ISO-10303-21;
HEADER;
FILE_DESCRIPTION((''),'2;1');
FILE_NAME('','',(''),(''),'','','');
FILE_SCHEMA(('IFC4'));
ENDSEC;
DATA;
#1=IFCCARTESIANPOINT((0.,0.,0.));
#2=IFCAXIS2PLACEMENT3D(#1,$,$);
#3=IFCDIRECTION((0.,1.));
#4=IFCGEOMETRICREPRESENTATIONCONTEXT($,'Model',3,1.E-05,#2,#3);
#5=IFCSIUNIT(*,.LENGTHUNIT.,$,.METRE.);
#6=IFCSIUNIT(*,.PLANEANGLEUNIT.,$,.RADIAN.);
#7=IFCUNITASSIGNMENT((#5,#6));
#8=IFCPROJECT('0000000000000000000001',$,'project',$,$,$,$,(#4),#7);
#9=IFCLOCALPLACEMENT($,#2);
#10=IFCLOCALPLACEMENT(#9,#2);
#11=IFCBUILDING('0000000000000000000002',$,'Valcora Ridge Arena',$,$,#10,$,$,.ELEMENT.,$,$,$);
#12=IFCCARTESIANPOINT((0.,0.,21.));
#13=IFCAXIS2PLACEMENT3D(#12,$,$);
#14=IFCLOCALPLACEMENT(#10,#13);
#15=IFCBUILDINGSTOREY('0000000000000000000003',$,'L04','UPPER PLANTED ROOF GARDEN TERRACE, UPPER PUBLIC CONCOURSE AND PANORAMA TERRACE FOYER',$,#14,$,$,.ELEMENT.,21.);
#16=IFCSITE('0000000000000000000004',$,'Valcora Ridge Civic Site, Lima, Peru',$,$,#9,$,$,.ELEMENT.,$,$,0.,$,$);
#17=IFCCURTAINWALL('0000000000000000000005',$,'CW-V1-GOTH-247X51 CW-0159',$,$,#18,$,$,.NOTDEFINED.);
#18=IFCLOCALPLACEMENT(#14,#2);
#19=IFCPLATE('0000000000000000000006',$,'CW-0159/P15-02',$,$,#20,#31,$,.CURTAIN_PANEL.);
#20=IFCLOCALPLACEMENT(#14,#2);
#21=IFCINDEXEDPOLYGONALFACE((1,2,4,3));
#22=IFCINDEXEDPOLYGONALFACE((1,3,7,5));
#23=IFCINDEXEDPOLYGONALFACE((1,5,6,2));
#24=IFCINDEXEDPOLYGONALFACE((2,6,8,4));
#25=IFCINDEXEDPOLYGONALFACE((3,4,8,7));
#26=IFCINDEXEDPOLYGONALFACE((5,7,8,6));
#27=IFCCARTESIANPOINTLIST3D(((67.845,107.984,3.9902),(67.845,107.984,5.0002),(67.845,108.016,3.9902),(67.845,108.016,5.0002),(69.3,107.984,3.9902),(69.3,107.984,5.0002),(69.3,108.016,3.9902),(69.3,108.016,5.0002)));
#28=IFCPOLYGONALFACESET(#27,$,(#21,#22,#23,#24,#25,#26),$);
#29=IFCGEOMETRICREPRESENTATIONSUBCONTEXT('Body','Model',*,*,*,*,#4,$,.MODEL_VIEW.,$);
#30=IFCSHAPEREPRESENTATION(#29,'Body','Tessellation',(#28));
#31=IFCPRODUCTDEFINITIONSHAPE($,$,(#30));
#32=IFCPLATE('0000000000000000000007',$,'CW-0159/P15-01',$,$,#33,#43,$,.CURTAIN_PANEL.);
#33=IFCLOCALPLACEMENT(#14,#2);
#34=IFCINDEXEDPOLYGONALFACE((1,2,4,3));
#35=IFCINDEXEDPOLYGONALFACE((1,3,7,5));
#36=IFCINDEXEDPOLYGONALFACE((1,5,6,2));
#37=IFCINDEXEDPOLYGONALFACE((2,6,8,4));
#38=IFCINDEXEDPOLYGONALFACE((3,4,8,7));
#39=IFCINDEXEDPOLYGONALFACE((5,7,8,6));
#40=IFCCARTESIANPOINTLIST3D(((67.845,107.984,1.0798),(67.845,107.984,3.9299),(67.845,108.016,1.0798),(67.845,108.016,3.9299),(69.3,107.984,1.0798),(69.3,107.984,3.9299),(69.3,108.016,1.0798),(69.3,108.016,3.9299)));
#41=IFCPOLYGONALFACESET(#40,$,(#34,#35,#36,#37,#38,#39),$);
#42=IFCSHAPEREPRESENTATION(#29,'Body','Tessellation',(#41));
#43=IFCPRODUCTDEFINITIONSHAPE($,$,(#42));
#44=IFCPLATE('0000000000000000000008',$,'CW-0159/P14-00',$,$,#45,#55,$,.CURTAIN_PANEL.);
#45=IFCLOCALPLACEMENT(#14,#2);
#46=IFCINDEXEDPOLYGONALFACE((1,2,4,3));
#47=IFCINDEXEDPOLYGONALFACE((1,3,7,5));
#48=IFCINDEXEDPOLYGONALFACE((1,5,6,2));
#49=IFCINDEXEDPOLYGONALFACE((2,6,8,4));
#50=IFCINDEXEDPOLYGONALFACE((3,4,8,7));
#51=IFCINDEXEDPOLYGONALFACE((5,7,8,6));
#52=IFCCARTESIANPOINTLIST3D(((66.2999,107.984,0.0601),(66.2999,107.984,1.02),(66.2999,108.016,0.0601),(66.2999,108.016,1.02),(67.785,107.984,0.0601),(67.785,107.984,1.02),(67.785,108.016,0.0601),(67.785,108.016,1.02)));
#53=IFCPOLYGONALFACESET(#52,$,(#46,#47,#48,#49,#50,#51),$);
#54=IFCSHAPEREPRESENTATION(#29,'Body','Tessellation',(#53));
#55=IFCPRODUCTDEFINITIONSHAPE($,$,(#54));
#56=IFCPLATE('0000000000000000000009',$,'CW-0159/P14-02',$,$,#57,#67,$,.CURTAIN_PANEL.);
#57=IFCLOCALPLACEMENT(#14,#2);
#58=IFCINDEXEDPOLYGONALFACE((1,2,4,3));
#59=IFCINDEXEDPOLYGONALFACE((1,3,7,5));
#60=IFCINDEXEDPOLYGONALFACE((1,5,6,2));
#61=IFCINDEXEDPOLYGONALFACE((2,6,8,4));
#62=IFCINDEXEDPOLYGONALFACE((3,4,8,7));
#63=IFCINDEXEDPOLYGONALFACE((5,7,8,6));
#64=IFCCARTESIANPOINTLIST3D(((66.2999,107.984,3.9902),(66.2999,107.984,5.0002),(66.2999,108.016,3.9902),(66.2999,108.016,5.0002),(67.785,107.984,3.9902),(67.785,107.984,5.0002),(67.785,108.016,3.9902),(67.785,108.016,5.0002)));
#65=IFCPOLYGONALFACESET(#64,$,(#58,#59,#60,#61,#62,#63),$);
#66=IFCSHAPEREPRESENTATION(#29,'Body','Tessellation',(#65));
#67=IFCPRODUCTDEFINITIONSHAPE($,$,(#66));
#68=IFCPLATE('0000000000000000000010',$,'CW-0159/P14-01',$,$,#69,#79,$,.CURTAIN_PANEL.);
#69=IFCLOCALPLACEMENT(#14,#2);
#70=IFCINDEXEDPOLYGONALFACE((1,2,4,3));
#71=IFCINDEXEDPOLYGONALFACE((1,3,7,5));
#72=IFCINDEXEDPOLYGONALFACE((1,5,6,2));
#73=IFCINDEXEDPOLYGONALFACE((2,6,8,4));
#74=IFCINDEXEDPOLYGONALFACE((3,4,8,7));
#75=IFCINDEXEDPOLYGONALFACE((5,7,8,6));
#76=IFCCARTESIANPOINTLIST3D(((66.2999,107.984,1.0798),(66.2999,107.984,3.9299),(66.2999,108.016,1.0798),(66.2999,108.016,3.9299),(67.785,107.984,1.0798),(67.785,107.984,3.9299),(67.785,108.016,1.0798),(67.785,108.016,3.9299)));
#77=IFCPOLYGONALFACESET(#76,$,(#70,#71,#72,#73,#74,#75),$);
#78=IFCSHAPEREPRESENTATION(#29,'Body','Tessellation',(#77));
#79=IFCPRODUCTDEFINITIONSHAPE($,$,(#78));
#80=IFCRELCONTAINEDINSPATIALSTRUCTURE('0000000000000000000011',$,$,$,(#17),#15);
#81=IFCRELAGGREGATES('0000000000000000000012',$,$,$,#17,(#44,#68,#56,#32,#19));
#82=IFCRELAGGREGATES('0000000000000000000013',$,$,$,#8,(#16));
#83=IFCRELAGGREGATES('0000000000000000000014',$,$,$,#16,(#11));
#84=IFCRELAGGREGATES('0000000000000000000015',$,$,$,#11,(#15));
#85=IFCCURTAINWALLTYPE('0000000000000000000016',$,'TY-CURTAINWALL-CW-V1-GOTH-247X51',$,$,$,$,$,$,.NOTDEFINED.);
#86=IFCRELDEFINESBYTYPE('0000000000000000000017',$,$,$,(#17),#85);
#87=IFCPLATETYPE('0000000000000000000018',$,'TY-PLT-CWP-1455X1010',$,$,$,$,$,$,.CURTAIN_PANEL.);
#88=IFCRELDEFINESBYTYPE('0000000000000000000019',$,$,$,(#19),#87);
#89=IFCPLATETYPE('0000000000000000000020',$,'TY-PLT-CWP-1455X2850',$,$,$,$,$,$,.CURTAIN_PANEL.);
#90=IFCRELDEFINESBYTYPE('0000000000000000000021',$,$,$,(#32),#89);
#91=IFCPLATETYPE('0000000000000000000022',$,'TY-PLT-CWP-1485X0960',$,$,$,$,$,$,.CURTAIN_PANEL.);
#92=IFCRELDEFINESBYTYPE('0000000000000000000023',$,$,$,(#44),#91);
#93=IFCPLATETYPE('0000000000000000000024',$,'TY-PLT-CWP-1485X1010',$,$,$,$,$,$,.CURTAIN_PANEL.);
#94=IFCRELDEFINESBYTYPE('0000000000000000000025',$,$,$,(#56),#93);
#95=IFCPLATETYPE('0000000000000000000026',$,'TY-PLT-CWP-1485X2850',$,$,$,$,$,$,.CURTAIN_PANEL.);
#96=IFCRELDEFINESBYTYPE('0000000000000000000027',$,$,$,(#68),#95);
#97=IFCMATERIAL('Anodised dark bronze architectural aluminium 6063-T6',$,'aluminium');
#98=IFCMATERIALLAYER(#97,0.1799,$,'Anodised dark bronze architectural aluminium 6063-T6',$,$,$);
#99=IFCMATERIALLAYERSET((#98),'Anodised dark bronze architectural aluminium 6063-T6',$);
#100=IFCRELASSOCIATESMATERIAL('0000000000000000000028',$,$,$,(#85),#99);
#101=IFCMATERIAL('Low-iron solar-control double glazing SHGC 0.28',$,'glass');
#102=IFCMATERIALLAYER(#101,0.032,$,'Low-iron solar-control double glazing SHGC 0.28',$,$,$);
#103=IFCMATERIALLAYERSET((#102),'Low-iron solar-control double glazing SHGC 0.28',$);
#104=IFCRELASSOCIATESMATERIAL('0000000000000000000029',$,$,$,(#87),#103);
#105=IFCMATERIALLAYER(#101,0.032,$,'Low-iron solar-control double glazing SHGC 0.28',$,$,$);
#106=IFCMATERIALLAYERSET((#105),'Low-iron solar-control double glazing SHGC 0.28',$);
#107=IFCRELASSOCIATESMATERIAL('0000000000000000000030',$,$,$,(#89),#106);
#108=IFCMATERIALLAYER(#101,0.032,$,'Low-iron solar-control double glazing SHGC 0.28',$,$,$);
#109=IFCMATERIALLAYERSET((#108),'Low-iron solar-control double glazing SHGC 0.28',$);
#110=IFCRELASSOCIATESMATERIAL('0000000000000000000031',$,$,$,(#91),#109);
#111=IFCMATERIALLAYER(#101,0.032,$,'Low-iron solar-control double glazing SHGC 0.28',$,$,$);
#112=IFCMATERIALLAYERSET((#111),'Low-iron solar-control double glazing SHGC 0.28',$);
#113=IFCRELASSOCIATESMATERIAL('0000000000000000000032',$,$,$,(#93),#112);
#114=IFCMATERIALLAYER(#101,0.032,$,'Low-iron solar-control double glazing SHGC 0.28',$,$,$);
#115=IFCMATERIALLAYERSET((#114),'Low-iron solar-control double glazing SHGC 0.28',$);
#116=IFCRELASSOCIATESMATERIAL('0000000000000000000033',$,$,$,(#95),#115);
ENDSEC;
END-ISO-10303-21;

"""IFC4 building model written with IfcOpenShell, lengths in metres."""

from ifc_helpers import new_model, si_unit, direction, frame, origin, origin_2d, place, context, subcontext, project, spatial, rectangle, extrude, material, layer, layer_set, type_object, element, aggregate, save


model = new_model("IFC4")

# Units and contexts
model_context = context("Model", 3, precision=1e-05, world=origin(), true_north=direction((0.0, 1.0)))
body_context = subcontext(model_context, "Body", "Model", "MODEL_VIEW")
ifc_project = project(units=[si_unit("LENGTHUNIT", "METRE"), si_unit("PLANEANGLEUNIT", "RADIAN")], contexts=[model_context])

# Site, building, storey
site_placement = place(None, origin())
site = spatial("IfcSite", under=ifc_project, at=site_placement, Name="Valcora Ridge Civic Site, Lima, Peru", CompositionType="ELEMENT", RefElevation=0.0)
building_placement = place(site_placement, origin())
building = spatial("IfcBuilding", under=site, at=building_placement, Name="Valcora Ridge Arena", CompositionType="ELEMENT")
storey_placement = place(building_placement, frame((0.0, 0.0, 21.0)))
storey = spatial("IfcBuildingStorey", under=building, at=storey_placement, Name="L04", Description="UPPER PLANTED ROOF GARDEN TERRACE, UPPER PUBLIC CONCOURSE AND PANORAMA TERRACE FOYER", CompositionType="ELEMENT", Elevation=21.0)

# Curtain wall
ifc_material_1 = material(Name="Anodised dark bronze architectural aluminium 6063-T6", Category="aluminium")
ifc_layer_1 = layer(ifc_material_1, 0.1799, Name="Anodised dark bronze architectural aluminium 6063-T6")
ifc_layer_set_1 = layer_set([ifc_layer_1], Name="Anodised dark bronze architectural aluminium 6063-T6")
curtain_wall_type_1 = type_object("IfcCurtainWallType", Name="TY-CURTAINWALL-CW-V1-GOTH-247X51", PredefinedType="NOTDEFINED", material=ifc_layer_set_1)
curtain_wall_1_placement = place(storey_placement, origin())
curtain_wall_1 = element("IfcCurtainWall", 1, at=curtain_wall_1_placement, inside=storey, type_object=curtain_wall_type_1, Name="CW-V1-GOTH-247X51 CW-0159", PredefinedType="NOTDEFINED")

# Plates
ifc_material_2 = material(Name="Low-iron solar-control double glazing SHGC 0.28", Category="glass")
ifc_layer_2 = layer(ifc_material_2, 0.032, Name="Low-iron solar-control double glazing SHGC 0.28")
ifc_layer_set_2 = layer_set([ifc_layer_2], Name="Low-iron solar-control double glazing SHGC 0.28")
plate_type_1 = type_object("IfcPlateType", Name="TY-PLT-CWP-1455X1010", PredefinedType="CURTAIN_PANEL", material=ifc_layer_set_2)
plate_1_placement = place(storey_placement, frame((68.5725, 108.0, 3.9902), z_axis=(0.0, 0.0, 1.0), x_axis=(1.0, 0.0, 0.0)))
plate_1 = element("IfcPlate", 2, at=plate_1_placement, type_object=plate_type_1, Name="CW-0159/P15-02", PredefinedType="CURTAIN_PANEL", context=body_context, shape_type="SweptSolid", body=[
    extrude(rectangle(XDim=1.4551, YDim=0.032, at=origin_2d()), origin(), (0.0, 0.0, 1.0), 1.01),
])
ifc_layer_3 = layer(ifc_material_2, 0.032, Name="Low-iron solar-control double glazing SHGC 0.28")
ifc_layer_set_3 = layer_set([ifc_layer_3], Name="Low-iron solar-control double glazing SHGC 0.28")
plate_type_2 = type_object("IfcPlateType", Name="TY-PLT-CWP-1455X2850", PredefinedType="CURTAIN_PANEL", material=ifc_layer_set_3)
plate_2_placement = place(storey_placement, frame((68.5725, 108.0, 1.0798), z_axis=(0.0, 0.0, 1.0), x_axis=(1.0, 0.0, 0.0)))
plate_2 = element("IfcPlate", 3, at=plate_2_placement, type_object=plate_type_2, Name="CW-0159/P15-01", PredefinedType="CURTAIN_PANEL", context=body_context, shape_type="SweptSolid", body=[
    extrude(rectangle(XDim=1.4551, YDim=0.032, at=origin_2d()), origin(), (0.0, 0.0, 1.0), 2.8501),
])
ifc_layer_4 = layer(ifc_material_2, 0.032, Name="Low-iron solar-control double glazing SHGC 0.28")
ifc_layer_set_4 = layer_set([ifc_layer_4], Name="Low-iron solar-control double glazing SHGC 0.28")
plate_type_3 = type_object("IfcPlateType", Name="TY-PLT-CWP-1485X0960", PredefinedType="CURTAIN_PANEL", material=ifc_layer_set_4)
plate_3_placement = place(storey_placement, frame((67.0425, 108.0, 0.0601), z_axis=(0.0, 0.0, 1.0), x_axis=(1.0, 0.0, 0.0)))
plate_3 = element("IfcPlate", 4, at=plate_3_placement, type_object=plate_type_3, Name="CW-0159/P14-00", PredefinedType="CURTAIN_PANEL", context=body_context, shape_type="SweptSolid", body=[
    extrude(rectangle(XDim=1.4851, YDim=0.032, at=origin_2d()), origin(), (0.0, 0.0, 1.0), 0.96),
])
ifc_layer_5 = layer(ifc_material_2, 0.032, Name="Low-iron solar-control double glazing SHGC 0.28")
ifc_layer_set_5 = layer_set([ifc_layer_5], Name="Low-iron solar-control double glazing SHGC 0.28")
plate_type_4 = type_object("IfcPlateType", Name="TY-PLT-CWP-1485X1010", PredefinedType="CURTAIN_PANEL", material=ifc_layer_set_5)
plate_4_placement = place(storey_placement, frame((67.0425, 108.0, 3.9902), z_axis=(0.0, 0.0, 1.0), x_axis=(1.0, 0.0, 0.0)))
plate_4 = element("IfcPlate", 5, at=plate_4_placement, type_object=plate_type_4, Name="CW-0159/P14-02", PredefinedType="CURTAIN_PANEL", context=body_context, shape_type="SweptSolid", body=[
    extrude(rectangle(XDim=1.4851, YDim=0.032, at=origin_2d()), origin(), (0.0, 0.0, 1.0), 1.01),
])
ifc_layer_6 = layer(ifc_material_2, 0.032, Name="Low-iron solar-control double glazing SHGC 0.28")
ifc_layer_set_6 = layer_set([ifc_layer_6], Name="Low-iron solar-control double glazing SHGC 0.28")
plate_type_5 = type_object("IfcPlateType", Name="TY-PLT-CWP-1485X2850", PredefinedType="CURTAIN_PANEL", material=ifc_layer_set_6)
plate_5_placement = place(storey_placement, frame((67.0425, 108.0, 1.0798), z_axis=(0.0, 0.0, 1.0), x_axis=(1.0, 0.0, 0.0)))
plate_5 = element("IfcPlate", 6, at=plate_5_placement, type_object=plate_type_5, Name="CW-0159/P14-01", PredefinedType="CURTAIN_PANEL", context=body_context, shape_type="SweptSolid", body=[
    extrude(rectangle(XDim=1.4851, YDim=0.032, at=origin_2d()), origin(), (0.0, 0.0, 1.0), 2.8501),
])
aggregate(curtain_wall_1, [plate_3, plate_5, plate_4, plate_2, plate_1])

save(model, "model.ifc")
